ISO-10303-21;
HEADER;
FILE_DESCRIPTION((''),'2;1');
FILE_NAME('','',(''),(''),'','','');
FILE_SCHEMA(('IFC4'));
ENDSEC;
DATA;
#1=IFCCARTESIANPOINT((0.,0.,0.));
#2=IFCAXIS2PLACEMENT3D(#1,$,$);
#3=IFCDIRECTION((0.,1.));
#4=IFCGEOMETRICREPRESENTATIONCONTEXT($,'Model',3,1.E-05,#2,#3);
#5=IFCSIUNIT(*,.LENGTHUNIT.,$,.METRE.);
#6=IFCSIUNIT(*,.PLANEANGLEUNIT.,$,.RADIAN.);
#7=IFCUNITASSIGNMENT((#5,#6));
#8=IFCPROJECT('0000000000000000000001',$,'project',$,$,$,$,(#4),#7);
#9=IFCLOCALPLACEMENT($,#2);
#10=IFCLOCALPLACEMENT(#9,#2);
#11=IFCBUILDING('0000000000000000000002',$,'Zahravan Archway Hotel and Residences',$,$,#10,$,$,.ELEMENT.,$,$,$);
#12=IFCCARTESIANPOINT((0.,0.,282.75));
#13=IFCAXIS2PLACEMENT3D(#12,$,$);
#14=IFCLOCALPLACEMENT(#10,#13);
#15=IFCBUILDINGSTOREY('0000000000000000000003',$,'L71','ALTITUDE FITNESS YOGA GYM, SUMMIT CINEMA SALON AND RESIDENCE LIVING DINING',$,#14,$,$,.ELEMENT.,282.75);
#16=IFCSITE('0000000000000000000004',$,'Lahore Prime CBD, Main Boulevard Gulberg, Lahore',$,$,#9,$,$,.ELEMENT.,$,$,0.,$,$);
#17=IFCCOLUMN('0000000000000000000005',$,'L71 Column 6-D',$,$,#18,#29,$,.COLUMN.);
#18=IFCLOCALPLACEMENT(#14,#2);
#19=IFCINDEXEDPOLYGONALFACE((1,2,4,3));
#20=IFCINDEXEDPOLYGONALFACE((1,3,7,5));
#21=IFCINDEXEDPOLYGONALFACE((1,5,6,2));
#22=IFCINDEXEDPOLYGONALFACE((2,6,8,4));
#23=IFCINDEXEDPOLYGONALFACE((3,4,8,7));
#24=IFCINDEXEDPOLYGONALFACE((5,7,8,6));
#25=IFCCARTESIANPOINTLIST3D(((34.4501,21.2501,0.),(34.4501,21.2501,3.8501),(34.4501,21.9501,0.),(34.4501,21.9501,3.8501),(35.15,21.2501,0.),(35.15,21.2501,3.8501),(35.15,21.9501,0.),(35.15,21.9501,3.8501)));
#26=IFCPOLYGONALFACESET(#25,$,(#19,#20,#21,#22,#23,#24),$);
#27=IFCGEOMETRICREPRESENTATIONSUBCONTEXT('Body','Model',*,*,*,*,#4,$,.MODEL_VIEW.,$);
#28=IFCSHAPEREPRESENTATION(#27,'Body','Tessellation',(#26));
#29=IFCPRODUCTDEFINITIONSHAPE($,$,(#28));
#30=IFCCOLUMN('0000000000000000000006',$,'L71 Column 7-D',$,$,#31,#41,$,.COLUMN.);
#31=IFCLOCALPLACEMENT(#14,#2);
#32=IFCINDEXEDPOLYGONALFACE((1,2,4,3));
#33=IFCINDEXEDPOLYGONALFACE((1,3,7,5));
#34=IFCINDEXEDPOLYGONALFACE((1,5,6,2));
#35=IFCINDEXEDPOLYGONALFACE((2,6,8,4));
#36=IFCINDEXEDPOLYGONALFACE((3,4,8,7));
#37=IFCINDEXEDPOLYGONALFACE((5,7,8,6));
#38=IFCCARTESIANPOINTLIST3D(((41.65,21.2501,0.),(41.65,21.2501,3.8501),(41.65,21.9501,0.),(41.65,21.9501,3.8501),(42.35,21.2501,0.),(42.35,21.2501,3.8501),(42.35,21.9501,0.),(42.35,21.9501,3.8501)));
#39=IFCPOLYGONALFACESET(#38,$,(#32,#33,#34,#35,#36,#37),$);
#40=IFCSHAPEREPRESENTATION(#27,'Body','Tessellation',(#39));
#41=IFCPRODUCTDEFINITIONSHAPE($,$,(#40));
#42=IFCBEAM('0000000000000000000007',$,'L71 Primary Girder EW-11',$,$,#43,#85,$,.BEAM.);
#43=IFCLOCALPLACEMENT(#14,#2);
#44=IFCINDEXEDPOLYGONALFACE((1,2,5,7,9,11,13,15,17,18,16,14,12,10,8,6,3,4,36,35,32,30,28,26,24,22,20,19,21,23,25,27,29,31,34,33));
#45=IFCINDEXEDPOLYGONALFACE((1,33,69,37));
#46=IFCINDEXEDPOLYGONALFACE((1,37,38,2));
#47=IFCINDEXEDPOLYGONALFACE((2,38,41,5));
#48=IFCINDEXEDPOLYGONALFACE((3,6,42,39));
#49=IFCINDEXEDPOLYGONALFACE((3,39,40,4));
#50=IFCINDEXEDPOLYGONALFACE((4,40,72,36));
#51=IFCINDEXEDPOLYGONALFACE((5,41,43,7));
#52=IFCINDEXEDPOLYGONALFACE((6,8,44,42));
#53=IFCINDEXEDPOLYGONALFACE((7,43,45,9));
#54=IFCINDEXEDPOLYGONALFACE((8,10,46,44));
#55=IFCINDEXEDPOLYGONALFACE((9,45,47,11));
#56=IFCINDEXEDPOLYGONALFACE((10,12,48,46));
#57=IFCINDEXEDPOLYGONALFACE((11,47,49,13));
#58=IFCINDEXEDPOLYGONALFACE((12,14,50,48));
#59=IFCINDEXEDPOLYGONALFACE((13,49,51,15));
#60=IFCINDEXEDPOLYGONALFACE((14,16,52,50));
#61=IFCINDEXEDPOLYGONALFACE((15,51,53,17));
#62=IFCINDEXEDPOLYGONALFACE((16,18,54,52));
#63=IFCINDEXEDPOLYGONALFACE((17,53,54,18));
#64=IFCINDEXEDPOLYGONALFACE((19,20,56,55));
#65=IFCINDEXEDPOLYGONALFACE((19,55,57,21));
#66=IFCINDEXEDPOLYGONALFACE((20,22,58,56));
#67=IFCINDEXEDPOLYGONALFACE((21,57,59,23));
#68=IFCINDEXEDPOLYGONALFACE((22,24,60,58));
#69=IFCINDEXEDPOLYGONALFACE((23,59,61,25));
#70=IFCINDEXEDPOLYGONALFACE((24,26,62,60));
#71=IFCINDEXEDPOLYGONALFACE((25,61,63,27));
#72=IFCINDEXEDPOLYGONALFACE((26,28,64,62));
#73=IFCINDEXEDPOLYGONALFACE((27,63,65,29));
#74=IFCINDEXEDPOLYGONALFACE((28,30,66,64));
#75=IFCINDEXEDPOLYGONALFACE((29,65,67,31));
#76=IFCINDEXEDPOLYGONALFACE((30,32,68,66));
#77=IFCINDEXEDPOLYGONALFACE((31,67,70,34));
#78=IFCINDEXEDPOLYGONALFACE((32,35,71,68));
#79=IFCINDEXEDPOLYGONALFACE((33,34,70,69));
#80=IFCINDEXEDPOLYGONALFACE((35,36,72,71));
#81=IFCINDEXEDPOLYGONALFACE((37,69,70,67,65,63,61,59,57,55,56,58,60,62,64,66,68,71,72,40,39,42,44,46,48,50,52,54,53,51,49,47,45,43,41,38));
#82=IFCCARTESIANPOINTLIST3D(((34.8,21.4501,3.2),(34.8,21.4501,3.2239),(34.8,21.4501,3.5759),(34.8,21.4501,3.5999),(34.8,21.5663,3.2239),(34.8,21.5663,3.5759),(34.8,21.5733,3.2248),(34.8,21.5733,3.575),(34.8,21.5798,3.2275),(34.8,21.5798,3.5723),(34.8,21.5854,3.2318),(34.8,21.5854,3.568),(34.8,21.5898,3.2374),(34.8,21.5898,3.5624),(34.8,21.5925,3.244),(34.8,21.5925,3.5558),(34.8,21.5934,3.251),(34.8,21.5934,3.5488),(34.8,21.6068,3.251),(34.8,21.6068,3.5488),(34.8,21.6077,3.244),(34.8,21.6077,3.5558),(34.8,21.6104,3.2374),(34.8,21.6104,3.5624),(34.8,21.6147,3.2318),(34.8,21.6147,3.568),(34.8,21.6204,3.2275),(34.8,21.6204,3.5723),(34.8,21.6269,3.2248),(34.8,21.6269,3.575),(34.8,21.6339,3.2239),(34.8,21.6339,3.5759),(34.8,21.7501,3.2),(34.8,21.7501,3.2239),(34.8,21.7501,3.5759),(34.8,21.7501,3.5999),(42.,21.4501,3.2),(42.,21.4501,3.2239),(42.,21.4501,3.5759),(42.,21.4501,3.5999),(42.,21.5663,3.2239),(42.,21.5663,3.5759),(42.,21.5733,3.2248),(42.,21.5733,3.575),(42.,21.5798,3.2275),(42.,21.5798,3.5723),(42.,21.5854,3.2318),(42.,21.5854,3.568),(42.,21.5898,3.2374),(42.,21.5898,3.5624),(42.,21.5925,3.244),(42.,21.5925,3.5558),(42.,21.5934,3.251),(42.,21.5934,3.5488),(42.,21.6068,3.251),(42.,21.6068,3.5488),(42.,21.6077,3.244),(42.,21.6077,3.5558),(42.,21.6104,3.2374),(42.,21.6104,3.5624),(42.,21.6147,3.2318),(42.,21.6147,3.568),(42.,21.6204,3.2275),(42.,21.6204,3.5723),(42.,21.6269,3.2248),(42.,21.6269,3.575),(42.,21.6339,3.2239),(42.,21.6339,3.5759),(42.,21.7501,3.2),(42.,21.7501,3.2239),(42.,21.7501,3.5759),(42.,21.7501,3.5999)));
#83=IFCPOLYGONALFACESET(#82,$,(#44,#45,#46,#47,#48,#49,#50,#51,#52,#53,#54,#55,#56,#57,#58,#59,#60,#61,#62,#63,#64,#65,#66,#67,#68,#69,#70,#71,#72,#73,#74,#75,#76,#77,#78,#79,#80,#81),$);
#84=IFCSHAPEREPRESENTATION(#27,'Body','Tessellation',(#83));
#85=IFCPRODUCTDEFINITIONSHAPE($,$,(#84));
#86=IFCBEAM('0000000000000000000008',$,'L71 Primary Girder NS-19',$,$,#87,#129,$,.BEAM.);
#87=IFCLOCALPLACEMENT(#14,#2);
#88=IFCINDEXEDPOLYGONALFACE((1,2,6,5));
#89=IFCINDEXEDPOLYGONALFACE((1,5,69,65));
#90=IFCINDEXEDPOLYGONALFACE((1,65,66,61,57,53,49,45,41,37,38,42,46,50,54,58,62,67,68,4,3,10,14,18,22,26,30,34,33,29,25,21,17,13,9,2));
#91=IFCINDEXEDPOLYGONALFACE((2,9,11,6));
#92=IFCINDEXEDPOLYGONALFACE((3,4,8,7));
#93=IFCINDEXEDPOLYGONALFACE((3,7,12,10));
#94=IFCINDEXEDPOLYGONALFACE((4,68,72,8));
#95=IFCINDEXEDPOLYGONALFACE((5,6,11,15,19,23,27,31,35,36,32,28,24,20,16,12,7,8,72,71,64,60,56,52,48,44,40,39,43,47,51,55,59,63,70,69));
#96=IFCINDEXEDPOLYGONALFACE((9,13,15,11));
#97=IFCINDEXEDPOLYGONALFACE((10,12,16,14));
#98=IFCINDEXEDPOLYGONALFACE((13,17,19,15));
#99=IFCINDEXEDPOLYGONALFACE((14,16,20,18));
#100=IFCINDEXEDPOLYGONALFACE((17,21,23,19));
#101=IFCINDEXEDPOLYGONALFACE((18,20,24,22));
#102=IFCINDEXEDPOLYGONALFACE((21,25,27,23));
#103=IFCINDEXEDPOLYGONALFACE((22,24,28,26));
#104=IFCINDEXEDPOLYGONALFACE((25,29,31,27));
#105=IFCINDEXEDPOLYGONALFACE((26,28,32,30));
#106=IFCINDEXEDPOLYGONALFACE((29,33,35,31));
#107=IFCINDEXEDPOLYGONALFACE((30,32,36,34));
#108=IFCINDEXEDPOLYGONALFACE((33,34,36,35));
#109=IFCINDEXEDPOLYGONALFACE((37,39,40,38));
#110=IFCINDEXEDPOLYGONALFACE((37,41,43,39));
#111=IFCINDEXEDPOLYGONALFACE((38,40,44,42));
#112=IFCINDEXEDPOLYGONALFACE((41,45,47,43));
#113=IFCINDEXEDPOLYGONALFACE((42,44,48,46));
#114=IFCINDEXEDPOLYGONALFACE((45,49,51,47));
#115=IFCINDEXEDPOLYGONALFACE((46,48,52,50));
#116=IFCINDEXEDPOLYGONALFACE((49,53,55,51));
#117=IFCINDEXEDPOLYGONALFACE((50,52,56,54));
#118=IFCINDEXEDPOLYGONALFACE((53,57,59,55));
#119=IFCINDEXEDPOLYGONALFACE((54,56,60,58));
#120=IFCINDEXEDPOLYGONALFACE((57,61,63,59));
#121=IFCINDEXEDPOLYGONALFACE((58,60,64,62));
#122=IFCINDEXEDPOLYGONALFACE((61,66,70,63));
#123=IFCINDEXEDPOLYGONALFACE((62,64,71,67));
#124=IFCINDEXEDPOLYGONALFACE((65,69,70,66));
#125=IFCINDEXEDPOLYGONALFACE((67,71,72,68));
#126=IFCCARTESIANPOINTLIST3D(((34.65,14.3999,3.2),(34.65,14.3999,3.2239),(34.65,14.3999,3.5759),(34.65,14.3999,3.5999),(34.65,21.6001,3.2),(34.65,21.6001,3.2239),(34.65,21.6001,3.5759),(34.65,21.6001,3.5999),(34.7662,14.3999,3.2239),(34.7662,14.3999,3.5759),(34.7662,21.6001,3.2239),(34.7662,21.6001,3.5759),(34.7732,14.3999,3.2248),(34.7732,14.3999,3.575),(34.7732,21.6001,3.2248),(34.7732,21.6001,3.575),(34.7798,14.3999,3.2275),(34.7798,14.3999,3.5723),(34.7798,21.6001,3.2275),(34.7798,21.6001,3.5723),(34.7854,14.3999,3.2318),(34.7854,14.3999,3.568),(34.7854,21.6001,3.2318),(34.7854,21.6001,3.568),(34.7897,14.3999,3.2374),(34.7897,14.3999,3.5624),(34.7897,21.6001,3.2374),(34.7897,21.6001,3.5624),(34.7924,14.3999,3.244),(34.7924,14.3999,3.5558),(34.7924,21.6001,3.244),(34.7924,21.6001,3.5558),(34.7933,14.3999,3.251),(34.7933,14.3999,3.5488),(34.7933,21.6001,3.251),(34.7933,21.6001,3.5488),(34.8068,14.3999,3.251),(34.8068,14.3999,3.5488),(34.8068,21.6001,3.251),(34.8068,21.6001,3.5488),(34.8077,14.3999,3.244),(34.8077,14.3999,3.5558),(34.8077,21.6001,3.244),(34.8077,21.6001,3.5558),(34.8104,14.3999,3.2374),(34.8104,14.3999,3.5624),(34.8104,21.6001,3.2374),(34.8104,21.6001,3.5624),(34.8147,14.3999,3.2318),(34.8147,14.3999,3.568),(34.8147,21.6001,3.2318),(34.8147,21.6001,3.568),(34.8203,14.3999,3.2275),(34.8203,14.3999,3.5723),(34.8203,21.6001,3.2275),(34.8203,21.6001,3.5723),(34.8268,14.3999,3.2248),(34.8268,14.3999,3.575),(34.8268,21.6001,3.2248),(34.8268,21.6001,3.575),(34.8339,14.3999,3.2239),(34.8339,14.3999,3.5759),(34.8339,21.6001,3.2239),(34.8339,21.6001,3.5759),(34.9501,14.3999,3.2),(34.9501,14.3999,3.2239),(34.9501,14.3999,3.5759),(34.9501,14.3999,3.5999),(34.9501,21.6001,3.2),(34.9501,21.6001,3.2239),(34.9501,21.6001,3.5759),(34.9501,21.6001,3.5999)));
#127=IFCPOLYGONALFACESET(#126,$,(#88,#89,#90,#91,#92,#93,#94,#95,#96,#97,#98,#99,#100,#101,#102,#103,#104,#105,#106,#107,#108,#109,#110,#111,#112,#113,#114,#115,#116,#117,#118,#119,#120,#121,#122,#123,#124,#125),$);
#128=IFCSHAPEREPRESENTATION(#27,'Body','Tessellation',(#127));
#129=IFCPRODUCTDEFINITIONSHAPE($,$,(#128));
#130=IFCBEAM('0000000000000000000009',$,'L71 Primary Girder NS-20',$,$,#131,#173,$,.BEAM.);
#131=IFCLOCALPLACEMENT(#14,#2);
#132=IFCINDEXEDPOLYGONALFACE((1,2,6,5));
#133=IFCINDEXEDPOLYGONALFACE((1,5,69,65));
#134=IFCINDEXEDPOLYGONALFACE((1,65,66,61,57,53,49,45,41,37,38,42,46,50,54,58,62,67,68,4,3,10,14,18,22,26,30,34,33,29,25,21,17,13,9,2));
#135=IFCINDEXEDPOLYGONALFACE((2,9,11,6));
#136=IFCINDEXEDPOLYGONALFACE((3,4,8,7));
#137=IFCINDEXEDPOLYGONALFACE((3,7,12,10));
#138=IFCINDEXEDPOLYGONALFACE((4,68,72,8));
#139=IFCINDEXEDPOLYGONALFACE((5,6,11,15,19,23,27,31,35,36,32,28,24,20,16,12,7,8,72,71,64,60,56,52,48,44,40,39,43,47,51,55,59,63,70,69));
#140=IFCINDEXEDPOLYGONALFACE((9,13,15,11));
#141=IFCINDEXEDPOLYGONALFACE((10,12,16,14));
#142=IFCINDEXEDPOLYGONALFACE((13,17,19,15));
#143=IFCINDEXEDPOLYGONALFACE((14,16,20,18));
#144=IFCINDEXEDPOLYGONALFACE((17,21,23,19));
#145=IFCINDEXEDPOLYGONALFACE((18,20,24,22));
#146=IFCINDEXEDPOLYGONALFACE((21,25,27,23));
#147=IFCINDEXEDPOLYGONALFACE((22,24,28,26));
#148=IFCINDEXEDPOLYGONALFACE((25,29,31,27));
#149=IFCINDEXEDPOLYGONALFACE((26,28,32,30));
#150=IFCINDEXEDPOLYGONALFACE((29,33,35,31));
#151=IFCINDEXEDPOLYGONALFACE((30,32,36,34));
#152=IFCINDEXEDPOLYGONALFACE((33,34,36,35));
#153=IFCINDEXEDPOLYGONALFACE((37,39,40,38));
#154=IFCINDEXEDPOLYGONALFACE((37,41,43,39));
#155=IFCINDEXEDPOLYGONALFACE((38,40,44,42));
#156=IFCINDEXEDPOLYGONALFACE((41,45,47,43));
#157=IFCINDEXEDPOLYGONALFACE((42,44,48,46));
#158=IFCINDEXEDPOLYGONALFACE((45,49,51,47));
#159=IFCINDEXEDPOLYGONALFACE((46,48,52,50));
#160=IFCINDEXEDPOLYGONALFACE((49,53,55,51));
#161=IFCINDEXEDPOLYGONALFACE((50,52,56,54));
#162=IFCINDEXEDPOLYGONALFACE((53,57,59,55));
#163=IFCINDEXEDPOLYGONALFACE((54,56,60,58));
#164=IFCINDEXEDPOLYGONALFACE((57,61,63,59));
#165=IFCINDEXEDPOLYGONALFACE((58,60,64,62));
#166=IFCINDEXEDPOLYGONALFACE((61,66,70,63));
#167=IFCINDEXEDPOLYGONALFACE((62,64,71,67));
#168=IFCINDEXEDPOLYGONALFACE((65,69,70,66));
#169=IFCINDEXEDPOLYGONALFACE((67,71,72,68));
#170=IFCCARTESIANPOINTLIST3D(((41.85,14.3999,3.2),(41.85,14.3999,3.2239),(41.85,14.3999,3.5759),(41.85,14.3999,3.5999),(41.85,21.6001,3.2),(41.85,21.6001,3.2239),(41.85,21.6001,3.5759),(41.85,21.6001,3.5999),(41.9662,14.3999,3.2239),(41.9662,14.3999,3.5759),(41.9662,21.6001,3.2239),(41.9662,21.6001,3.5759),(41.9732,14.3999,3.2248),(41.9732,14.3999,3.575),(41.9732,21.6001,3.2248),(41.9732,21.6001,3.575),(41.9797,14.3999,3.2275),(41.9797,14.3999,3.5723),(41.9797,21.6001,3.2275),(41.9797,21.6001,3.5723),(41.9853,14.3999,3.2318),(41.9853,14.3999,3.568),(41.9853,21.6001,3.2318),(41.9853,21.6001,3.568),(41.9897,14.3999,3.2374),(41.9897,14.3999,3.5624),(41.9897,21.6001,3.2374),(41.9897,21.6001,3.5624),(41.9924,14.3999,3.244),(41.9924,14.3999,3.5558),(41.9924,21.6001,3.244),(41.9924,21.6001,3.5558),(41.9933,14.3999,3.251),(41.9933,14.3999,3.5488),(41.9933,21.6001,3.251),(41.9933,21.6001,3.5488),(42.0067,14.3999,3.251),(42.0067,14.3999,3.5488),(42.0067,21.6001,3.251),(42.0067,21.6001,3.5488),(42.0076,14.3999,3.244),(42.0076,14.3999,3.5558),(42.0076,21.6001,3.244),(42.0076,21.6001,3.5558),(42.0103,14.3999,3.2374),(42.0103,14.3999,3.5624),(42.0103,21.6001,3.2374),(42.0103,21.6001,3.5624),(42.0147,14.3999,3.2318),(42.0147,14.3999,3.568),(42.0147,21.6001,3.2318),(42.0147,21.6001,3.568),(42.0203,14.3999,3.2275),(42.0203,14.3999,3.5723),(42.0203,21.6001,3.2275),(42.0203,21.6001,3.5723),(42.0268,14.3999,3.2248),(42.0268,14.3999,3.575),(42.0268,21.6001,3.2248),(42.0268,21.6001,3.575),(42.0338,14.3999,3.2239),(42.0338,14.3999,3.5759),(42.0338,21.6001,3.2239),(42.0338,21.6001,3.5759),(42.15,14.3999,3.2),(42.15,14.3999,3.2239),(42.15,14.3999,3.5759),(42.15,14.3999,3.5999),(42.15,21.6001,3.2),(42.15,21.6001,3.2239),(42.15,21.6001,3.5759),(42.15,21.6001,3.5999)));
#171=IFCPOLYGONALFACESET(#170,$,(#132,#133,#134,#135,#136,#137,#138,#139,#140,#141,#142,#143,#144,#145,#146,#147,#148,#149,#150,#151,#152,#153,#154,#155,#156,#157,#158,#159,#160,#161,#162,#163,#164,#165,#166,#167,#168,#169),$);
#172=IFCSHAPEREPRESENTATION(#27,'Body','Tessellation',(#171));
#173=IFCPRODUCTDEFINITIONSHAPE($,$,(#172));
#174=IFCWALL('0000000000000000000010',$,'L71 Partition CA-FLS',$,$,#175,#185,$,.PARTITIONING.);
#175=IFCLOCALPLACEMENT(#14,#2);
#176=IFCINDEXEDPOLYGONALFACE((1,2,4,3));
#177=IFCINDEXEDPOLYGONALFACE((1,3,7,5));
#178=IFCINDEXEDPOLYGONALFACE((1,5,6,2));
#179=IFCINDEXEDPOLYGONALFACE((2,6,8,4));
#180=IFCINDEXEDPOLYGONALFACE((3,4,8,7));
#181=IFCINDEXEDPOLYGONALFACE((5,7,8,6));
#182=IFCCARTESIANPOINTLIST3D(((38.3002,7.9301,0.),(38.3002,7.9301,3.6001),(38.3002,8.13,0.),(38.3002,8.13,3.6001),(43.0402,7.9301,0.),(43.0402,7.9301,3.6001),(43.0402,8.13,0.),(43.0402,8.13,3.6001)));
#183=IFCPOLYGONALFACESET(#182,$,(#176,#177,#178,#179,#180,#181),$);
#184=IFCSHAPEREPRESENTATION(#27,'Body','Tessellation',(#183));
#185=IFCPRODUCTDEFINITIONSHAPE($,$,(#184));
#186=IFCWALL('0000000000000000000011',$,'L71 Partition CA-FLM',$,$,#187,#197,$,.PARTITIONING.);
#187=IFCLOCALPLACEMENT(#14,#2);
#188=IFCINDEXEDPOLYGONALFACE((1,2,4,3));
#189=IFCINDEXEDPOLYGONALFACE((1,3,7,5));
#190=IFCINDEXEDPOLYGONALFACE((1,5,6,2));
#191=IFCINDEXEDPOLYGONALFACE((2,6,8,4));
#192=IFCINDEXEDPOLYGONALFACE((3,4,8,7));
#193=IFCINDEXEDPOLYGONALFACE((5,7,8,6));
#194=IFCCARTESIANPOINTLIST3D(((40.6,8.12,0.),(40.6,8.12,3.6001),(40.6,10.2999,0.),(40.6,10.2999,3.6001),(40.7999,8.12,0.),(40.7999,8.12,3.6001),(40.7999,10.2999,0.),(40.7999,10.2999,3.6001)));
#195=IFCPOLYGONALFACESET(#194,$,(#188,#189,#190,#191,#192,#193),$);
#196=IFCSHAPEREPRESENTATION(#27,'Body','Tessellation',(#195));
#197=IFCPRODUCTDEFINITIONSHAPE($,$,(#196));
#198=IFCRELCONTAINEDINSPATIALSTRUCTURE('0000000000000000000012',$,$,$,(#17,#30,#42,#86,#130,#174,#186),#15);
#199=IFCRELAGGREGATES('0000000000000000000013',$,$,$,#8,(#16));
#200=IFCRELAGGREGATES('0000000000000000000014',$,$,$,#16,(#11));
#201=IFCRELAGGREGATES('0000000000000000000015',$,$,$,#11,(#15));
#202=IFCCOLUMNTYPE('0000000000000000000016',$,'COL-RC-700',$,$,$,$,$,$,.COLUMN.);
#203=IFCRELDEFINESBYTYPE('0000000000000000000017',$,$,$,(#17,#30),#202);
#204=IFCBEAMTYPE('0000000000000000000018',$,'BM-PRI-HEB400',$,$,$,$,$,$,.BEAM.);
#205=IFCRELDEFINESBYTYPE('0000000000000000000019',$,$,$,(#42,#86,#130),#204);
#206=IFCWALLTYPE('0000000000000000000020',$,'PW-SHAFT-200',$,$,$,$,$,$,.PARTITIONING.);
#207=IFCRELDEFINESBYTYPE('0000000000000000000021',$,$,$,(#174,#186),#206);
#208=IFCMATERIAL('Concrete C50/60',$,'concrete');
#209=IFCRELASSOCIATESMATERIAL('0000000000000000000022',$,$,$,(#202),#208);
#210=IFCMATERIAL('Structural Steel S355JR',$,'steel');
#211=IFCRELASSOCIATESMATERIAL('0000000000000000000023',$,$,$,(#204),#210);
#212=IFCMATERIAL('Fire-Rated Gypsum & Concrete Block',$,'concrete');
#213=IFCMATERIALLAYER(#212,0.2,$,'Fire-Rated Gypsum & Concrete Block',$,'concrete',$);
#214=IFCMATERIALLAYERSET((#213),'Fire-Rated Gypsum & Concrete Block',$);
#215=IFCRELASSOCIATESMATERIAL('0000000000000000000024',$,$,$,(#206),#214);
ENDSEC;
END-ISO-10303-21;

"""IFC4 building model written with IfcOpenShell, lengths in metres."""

from ifc_helpers import new_model, si_unit, direction, frame, frame_2d, origin, origin_2d, place, context, subcontext, project, spatial, rectangle, i_section, extrude, source, transform, mapped, material, layer, layer_set, material_profile, profile_set, type_object, type_shapes, element, save


model = new_model("IFC4")

# Units and contexts
model_context = context("Model", 3, precision=1e-05, world=origin(), true_north=direction((0.0, 1.0)))
body_context = subcontext(model_context, "Body", "Model", "MODEL_VIEW")
ifc_project = project(units=[si_unit("LENGTHUNIT", "METRE"), si_unit("PLANEANGLEUNIT", "RADIAN")], contexts=[model_context])

# Site, building, storey
site_placement = place(None, origin())
site = spatial("IfcSite", under=ifc_project, at=site_placement, Name="Lahore Prime CBD, Main Boulevard Gulberg, Lahore", CompositionType="ELEMENT", RefElevation=0.0)
building_placement = place(site_placement, origin())
building = spatial("IfcBuilding", under=site, at=building_placement, Name="Zahravan Archway Hotel and Residences", CompositionType="ELEMENT")
storey_placement = place(building_placement, frame((0.0, 0.0, 282.75)))
storey = spatial("IfcBuildingStorey", under=building, at=storey_placement, Name="L71", Description="ALTITUDE FITNESS YOGA GYM, SUMMIT CINEMA SALON AND RESIDENCE LIVING DINING", CompositionType="ELEMENT", Elevation=282.75)

# Columns
ifc_material_1 = material(Name="Concrete C50/60", Category="concrete")
ifc_material_profile_1 = material_profile(ifc_material_1, rectangle(XDim=0.7, YDim=0.7, at=origin_2d()), Name="RC-COL-700x700", Category="concrete")
ifc_profile_set_1 = profile_set([ifc_material_profile_1], Name="Concrete C50/60")
column_type = type_object("IfcColumnType", Name="COL-RC-700", PredefinedType="COLUMN", material=ifc_profile_set_1)
shared_shape_1 = source(origin(), body_context, "Body", "SweptSolid", [
    extrude(rectangle(XDim=0.7, YDim=0.7, at=origin_2d()), origin(), (0.0, 0.0, 1.0), 3.8501),
])
for number, where, z_axis, x_axis, name in (
    (1, (34.8, 21.6001, 0.0), (0.0, 0.0, 1.0), (1.0, 0.0, 0.0), "L71 Column 6-D"),
    (2, (42.0, 21.6001, 0.0), (0.0, 0.0, 1.0), (1.0, 0.0, 0.0), "L71 Column 7-D"),
):
    element("IfcColumn", number, at=place(storey_placement, frame(where, z_axis=z_axis, x_axis=x_axis)), inside=storey, type_object=column_type, Name=name, PredefinedType="COLUMN", context=body_context, shape_type="MappedRepresentation", body=[
        mapped(shared_shape_1, transform((0.0, 0.0, 0.0), scale=1.0)),
    ])

# Beams
ifc_material_2 = material(Name="Structural Steel S355JR", Category="steel")
ifc_material_profile_2 = material_profile(ifc_material_2, i_section(OverallWidth=0.3, OverallDepth=0.3999, WebThickness=0.0134, FlangeThickness=0.0239, FilletRadius=0.0271, at=origin_2d()), Name="HEB 400", Category="steel")
ifc_profile_set_2 = profile_set([ifc_material_profile_2], Name="Structural Steel S355JR")
beam_type = type_object("IfcBeamType", Name="BM-PRI-HEB400", PredefinedType="BEAM", material=ifc_profile_set_2)
shared_shape_2 = source(origin(), body_context, "Body", "SweptSolid", [
    extrude(i_section(OverallWidth=0.3, OverallDepth=0.3999, WebThickness=0.0134, FlangeThickness=0.0239, FilletRadius=0.0271, at=origin_2d()), origin(), (0.0, 0.0, 1.0), 7.2),
])
type_shapes(beam_type, [shared_shape_2])
beam_placement = place(storey_placement, frame((34.8, 21.6001, 3.3999), z_axis=(1.0, 0.0, 0.0), x_axis=(0.0, 1.0, 0.0)))
element("IfcBeam", 3, at=beam_placement, inside=storey, type_object=beam_type, Name="L71 Primary Girder EW-11", PredefinedType="BEAM", context=body_context, shape_type="MappedRepresentation", body=[
    mapped(shared_shape_2, transform((0.0, 0.0, 0.0), scale=1.0)),
])
shared_shape_3 = source(origin(), body_context, "Body", "SweptSolid", [
    extrude(i_section(OverallWidth=0.3, OverallDepth=0.3999, WebThickness=0.0134, FlangeThickness=0.0239, FilletRadius=0.0271, at=origin_2d()), origin(), (0.0, 0.0, 1.0), 7.2002),
])
for number, where, z_axis, x_axis, name in (
    (4, (34.8, 14.3999, 3.3999), (0.0, 1.0, 0.0), (-1.0, 0.0, 0.0), "L71 Primary Girder NS-19"),
    (5, (42.0, 14.3999, 3.3999), (0.0, 1.0, 0.0), (-1.0, 0.0, 0.0), "L71 Primary Girder NS-20"),
):
    element("IfcBeam", number, at=place(storey_placement, frame(where, z_axis=z_axis, x_axis=x_axis)), inside=storey, type_object=beam_type, Name=name, PredefinedType="BEAM", context=body_context, shape_type="MappedRepresentation", body=[
        mapped(shared_shape_3, transform((0.0, 0.0, 0.0), scale=1.0)),
    ])

# Shared definitions
ifc_material_3 = material(Name="Fire-Rated Gypsum & Concrete Block", Category="concrete")

# Walls
ifc_layer_1 = layer(ifc_material_3, 0.2, Name="Fire-Rated Gypsum & Concrete Block", Category="concrete")
ifc_layer_set_1 = layer_set([ifc_layer_1], Name="Fire-Rated Gypsum & Concrete Block")
wall_type_1 = type_object("IfcWallType", Name="PW-SHAFT-200", PredefinedType="PARTITIONING", material=ifc_layer_set_1)
wall_1_placement = place(storey_placement, frame((38.3, 8.03, 0.0), z_axis=(0.0, 0.0, 1.0), x_axis=(1.0, 0.0, 0.0)))
element("IfcWall", 6, at=wall_1_placement, inside=storey, type_object=wall_type_1, Name="L71 Partition CA-FLS", PredefinedType="PARTITIONING", context=body_context, shape_type="SweptSolid", body=[
    extrude(rectangle(XDim=4.74, YDim=0.2, at=frame_2d((2.3701, 0.0))), origin(), (0.0, 0.0, 1.0), 3.6001),
])
wall_2_placement = place(storey_placement, frame((40.7, 8.1201, 0.0), z_axis=(0.0, 0.0, 1.0), x_axis=(0.0, 1.0, 0.0)))
element("IfcWall", 7, at=wall_2_placement, inside=storey, type_object=wall_type_1, Name="L71 Partition CA-FLM", PredefinedType="PARTITIONING", context=body_context, shape_type="SweptSolid", body=[
    extrude(rectangle(XDim=2.1799, YDim=0.2, at=frame_2d((1.0898, 0.0))), origin(), (0.0, 0.0, 1.0), 3.6001),
])

save(model, "model.ifc")
